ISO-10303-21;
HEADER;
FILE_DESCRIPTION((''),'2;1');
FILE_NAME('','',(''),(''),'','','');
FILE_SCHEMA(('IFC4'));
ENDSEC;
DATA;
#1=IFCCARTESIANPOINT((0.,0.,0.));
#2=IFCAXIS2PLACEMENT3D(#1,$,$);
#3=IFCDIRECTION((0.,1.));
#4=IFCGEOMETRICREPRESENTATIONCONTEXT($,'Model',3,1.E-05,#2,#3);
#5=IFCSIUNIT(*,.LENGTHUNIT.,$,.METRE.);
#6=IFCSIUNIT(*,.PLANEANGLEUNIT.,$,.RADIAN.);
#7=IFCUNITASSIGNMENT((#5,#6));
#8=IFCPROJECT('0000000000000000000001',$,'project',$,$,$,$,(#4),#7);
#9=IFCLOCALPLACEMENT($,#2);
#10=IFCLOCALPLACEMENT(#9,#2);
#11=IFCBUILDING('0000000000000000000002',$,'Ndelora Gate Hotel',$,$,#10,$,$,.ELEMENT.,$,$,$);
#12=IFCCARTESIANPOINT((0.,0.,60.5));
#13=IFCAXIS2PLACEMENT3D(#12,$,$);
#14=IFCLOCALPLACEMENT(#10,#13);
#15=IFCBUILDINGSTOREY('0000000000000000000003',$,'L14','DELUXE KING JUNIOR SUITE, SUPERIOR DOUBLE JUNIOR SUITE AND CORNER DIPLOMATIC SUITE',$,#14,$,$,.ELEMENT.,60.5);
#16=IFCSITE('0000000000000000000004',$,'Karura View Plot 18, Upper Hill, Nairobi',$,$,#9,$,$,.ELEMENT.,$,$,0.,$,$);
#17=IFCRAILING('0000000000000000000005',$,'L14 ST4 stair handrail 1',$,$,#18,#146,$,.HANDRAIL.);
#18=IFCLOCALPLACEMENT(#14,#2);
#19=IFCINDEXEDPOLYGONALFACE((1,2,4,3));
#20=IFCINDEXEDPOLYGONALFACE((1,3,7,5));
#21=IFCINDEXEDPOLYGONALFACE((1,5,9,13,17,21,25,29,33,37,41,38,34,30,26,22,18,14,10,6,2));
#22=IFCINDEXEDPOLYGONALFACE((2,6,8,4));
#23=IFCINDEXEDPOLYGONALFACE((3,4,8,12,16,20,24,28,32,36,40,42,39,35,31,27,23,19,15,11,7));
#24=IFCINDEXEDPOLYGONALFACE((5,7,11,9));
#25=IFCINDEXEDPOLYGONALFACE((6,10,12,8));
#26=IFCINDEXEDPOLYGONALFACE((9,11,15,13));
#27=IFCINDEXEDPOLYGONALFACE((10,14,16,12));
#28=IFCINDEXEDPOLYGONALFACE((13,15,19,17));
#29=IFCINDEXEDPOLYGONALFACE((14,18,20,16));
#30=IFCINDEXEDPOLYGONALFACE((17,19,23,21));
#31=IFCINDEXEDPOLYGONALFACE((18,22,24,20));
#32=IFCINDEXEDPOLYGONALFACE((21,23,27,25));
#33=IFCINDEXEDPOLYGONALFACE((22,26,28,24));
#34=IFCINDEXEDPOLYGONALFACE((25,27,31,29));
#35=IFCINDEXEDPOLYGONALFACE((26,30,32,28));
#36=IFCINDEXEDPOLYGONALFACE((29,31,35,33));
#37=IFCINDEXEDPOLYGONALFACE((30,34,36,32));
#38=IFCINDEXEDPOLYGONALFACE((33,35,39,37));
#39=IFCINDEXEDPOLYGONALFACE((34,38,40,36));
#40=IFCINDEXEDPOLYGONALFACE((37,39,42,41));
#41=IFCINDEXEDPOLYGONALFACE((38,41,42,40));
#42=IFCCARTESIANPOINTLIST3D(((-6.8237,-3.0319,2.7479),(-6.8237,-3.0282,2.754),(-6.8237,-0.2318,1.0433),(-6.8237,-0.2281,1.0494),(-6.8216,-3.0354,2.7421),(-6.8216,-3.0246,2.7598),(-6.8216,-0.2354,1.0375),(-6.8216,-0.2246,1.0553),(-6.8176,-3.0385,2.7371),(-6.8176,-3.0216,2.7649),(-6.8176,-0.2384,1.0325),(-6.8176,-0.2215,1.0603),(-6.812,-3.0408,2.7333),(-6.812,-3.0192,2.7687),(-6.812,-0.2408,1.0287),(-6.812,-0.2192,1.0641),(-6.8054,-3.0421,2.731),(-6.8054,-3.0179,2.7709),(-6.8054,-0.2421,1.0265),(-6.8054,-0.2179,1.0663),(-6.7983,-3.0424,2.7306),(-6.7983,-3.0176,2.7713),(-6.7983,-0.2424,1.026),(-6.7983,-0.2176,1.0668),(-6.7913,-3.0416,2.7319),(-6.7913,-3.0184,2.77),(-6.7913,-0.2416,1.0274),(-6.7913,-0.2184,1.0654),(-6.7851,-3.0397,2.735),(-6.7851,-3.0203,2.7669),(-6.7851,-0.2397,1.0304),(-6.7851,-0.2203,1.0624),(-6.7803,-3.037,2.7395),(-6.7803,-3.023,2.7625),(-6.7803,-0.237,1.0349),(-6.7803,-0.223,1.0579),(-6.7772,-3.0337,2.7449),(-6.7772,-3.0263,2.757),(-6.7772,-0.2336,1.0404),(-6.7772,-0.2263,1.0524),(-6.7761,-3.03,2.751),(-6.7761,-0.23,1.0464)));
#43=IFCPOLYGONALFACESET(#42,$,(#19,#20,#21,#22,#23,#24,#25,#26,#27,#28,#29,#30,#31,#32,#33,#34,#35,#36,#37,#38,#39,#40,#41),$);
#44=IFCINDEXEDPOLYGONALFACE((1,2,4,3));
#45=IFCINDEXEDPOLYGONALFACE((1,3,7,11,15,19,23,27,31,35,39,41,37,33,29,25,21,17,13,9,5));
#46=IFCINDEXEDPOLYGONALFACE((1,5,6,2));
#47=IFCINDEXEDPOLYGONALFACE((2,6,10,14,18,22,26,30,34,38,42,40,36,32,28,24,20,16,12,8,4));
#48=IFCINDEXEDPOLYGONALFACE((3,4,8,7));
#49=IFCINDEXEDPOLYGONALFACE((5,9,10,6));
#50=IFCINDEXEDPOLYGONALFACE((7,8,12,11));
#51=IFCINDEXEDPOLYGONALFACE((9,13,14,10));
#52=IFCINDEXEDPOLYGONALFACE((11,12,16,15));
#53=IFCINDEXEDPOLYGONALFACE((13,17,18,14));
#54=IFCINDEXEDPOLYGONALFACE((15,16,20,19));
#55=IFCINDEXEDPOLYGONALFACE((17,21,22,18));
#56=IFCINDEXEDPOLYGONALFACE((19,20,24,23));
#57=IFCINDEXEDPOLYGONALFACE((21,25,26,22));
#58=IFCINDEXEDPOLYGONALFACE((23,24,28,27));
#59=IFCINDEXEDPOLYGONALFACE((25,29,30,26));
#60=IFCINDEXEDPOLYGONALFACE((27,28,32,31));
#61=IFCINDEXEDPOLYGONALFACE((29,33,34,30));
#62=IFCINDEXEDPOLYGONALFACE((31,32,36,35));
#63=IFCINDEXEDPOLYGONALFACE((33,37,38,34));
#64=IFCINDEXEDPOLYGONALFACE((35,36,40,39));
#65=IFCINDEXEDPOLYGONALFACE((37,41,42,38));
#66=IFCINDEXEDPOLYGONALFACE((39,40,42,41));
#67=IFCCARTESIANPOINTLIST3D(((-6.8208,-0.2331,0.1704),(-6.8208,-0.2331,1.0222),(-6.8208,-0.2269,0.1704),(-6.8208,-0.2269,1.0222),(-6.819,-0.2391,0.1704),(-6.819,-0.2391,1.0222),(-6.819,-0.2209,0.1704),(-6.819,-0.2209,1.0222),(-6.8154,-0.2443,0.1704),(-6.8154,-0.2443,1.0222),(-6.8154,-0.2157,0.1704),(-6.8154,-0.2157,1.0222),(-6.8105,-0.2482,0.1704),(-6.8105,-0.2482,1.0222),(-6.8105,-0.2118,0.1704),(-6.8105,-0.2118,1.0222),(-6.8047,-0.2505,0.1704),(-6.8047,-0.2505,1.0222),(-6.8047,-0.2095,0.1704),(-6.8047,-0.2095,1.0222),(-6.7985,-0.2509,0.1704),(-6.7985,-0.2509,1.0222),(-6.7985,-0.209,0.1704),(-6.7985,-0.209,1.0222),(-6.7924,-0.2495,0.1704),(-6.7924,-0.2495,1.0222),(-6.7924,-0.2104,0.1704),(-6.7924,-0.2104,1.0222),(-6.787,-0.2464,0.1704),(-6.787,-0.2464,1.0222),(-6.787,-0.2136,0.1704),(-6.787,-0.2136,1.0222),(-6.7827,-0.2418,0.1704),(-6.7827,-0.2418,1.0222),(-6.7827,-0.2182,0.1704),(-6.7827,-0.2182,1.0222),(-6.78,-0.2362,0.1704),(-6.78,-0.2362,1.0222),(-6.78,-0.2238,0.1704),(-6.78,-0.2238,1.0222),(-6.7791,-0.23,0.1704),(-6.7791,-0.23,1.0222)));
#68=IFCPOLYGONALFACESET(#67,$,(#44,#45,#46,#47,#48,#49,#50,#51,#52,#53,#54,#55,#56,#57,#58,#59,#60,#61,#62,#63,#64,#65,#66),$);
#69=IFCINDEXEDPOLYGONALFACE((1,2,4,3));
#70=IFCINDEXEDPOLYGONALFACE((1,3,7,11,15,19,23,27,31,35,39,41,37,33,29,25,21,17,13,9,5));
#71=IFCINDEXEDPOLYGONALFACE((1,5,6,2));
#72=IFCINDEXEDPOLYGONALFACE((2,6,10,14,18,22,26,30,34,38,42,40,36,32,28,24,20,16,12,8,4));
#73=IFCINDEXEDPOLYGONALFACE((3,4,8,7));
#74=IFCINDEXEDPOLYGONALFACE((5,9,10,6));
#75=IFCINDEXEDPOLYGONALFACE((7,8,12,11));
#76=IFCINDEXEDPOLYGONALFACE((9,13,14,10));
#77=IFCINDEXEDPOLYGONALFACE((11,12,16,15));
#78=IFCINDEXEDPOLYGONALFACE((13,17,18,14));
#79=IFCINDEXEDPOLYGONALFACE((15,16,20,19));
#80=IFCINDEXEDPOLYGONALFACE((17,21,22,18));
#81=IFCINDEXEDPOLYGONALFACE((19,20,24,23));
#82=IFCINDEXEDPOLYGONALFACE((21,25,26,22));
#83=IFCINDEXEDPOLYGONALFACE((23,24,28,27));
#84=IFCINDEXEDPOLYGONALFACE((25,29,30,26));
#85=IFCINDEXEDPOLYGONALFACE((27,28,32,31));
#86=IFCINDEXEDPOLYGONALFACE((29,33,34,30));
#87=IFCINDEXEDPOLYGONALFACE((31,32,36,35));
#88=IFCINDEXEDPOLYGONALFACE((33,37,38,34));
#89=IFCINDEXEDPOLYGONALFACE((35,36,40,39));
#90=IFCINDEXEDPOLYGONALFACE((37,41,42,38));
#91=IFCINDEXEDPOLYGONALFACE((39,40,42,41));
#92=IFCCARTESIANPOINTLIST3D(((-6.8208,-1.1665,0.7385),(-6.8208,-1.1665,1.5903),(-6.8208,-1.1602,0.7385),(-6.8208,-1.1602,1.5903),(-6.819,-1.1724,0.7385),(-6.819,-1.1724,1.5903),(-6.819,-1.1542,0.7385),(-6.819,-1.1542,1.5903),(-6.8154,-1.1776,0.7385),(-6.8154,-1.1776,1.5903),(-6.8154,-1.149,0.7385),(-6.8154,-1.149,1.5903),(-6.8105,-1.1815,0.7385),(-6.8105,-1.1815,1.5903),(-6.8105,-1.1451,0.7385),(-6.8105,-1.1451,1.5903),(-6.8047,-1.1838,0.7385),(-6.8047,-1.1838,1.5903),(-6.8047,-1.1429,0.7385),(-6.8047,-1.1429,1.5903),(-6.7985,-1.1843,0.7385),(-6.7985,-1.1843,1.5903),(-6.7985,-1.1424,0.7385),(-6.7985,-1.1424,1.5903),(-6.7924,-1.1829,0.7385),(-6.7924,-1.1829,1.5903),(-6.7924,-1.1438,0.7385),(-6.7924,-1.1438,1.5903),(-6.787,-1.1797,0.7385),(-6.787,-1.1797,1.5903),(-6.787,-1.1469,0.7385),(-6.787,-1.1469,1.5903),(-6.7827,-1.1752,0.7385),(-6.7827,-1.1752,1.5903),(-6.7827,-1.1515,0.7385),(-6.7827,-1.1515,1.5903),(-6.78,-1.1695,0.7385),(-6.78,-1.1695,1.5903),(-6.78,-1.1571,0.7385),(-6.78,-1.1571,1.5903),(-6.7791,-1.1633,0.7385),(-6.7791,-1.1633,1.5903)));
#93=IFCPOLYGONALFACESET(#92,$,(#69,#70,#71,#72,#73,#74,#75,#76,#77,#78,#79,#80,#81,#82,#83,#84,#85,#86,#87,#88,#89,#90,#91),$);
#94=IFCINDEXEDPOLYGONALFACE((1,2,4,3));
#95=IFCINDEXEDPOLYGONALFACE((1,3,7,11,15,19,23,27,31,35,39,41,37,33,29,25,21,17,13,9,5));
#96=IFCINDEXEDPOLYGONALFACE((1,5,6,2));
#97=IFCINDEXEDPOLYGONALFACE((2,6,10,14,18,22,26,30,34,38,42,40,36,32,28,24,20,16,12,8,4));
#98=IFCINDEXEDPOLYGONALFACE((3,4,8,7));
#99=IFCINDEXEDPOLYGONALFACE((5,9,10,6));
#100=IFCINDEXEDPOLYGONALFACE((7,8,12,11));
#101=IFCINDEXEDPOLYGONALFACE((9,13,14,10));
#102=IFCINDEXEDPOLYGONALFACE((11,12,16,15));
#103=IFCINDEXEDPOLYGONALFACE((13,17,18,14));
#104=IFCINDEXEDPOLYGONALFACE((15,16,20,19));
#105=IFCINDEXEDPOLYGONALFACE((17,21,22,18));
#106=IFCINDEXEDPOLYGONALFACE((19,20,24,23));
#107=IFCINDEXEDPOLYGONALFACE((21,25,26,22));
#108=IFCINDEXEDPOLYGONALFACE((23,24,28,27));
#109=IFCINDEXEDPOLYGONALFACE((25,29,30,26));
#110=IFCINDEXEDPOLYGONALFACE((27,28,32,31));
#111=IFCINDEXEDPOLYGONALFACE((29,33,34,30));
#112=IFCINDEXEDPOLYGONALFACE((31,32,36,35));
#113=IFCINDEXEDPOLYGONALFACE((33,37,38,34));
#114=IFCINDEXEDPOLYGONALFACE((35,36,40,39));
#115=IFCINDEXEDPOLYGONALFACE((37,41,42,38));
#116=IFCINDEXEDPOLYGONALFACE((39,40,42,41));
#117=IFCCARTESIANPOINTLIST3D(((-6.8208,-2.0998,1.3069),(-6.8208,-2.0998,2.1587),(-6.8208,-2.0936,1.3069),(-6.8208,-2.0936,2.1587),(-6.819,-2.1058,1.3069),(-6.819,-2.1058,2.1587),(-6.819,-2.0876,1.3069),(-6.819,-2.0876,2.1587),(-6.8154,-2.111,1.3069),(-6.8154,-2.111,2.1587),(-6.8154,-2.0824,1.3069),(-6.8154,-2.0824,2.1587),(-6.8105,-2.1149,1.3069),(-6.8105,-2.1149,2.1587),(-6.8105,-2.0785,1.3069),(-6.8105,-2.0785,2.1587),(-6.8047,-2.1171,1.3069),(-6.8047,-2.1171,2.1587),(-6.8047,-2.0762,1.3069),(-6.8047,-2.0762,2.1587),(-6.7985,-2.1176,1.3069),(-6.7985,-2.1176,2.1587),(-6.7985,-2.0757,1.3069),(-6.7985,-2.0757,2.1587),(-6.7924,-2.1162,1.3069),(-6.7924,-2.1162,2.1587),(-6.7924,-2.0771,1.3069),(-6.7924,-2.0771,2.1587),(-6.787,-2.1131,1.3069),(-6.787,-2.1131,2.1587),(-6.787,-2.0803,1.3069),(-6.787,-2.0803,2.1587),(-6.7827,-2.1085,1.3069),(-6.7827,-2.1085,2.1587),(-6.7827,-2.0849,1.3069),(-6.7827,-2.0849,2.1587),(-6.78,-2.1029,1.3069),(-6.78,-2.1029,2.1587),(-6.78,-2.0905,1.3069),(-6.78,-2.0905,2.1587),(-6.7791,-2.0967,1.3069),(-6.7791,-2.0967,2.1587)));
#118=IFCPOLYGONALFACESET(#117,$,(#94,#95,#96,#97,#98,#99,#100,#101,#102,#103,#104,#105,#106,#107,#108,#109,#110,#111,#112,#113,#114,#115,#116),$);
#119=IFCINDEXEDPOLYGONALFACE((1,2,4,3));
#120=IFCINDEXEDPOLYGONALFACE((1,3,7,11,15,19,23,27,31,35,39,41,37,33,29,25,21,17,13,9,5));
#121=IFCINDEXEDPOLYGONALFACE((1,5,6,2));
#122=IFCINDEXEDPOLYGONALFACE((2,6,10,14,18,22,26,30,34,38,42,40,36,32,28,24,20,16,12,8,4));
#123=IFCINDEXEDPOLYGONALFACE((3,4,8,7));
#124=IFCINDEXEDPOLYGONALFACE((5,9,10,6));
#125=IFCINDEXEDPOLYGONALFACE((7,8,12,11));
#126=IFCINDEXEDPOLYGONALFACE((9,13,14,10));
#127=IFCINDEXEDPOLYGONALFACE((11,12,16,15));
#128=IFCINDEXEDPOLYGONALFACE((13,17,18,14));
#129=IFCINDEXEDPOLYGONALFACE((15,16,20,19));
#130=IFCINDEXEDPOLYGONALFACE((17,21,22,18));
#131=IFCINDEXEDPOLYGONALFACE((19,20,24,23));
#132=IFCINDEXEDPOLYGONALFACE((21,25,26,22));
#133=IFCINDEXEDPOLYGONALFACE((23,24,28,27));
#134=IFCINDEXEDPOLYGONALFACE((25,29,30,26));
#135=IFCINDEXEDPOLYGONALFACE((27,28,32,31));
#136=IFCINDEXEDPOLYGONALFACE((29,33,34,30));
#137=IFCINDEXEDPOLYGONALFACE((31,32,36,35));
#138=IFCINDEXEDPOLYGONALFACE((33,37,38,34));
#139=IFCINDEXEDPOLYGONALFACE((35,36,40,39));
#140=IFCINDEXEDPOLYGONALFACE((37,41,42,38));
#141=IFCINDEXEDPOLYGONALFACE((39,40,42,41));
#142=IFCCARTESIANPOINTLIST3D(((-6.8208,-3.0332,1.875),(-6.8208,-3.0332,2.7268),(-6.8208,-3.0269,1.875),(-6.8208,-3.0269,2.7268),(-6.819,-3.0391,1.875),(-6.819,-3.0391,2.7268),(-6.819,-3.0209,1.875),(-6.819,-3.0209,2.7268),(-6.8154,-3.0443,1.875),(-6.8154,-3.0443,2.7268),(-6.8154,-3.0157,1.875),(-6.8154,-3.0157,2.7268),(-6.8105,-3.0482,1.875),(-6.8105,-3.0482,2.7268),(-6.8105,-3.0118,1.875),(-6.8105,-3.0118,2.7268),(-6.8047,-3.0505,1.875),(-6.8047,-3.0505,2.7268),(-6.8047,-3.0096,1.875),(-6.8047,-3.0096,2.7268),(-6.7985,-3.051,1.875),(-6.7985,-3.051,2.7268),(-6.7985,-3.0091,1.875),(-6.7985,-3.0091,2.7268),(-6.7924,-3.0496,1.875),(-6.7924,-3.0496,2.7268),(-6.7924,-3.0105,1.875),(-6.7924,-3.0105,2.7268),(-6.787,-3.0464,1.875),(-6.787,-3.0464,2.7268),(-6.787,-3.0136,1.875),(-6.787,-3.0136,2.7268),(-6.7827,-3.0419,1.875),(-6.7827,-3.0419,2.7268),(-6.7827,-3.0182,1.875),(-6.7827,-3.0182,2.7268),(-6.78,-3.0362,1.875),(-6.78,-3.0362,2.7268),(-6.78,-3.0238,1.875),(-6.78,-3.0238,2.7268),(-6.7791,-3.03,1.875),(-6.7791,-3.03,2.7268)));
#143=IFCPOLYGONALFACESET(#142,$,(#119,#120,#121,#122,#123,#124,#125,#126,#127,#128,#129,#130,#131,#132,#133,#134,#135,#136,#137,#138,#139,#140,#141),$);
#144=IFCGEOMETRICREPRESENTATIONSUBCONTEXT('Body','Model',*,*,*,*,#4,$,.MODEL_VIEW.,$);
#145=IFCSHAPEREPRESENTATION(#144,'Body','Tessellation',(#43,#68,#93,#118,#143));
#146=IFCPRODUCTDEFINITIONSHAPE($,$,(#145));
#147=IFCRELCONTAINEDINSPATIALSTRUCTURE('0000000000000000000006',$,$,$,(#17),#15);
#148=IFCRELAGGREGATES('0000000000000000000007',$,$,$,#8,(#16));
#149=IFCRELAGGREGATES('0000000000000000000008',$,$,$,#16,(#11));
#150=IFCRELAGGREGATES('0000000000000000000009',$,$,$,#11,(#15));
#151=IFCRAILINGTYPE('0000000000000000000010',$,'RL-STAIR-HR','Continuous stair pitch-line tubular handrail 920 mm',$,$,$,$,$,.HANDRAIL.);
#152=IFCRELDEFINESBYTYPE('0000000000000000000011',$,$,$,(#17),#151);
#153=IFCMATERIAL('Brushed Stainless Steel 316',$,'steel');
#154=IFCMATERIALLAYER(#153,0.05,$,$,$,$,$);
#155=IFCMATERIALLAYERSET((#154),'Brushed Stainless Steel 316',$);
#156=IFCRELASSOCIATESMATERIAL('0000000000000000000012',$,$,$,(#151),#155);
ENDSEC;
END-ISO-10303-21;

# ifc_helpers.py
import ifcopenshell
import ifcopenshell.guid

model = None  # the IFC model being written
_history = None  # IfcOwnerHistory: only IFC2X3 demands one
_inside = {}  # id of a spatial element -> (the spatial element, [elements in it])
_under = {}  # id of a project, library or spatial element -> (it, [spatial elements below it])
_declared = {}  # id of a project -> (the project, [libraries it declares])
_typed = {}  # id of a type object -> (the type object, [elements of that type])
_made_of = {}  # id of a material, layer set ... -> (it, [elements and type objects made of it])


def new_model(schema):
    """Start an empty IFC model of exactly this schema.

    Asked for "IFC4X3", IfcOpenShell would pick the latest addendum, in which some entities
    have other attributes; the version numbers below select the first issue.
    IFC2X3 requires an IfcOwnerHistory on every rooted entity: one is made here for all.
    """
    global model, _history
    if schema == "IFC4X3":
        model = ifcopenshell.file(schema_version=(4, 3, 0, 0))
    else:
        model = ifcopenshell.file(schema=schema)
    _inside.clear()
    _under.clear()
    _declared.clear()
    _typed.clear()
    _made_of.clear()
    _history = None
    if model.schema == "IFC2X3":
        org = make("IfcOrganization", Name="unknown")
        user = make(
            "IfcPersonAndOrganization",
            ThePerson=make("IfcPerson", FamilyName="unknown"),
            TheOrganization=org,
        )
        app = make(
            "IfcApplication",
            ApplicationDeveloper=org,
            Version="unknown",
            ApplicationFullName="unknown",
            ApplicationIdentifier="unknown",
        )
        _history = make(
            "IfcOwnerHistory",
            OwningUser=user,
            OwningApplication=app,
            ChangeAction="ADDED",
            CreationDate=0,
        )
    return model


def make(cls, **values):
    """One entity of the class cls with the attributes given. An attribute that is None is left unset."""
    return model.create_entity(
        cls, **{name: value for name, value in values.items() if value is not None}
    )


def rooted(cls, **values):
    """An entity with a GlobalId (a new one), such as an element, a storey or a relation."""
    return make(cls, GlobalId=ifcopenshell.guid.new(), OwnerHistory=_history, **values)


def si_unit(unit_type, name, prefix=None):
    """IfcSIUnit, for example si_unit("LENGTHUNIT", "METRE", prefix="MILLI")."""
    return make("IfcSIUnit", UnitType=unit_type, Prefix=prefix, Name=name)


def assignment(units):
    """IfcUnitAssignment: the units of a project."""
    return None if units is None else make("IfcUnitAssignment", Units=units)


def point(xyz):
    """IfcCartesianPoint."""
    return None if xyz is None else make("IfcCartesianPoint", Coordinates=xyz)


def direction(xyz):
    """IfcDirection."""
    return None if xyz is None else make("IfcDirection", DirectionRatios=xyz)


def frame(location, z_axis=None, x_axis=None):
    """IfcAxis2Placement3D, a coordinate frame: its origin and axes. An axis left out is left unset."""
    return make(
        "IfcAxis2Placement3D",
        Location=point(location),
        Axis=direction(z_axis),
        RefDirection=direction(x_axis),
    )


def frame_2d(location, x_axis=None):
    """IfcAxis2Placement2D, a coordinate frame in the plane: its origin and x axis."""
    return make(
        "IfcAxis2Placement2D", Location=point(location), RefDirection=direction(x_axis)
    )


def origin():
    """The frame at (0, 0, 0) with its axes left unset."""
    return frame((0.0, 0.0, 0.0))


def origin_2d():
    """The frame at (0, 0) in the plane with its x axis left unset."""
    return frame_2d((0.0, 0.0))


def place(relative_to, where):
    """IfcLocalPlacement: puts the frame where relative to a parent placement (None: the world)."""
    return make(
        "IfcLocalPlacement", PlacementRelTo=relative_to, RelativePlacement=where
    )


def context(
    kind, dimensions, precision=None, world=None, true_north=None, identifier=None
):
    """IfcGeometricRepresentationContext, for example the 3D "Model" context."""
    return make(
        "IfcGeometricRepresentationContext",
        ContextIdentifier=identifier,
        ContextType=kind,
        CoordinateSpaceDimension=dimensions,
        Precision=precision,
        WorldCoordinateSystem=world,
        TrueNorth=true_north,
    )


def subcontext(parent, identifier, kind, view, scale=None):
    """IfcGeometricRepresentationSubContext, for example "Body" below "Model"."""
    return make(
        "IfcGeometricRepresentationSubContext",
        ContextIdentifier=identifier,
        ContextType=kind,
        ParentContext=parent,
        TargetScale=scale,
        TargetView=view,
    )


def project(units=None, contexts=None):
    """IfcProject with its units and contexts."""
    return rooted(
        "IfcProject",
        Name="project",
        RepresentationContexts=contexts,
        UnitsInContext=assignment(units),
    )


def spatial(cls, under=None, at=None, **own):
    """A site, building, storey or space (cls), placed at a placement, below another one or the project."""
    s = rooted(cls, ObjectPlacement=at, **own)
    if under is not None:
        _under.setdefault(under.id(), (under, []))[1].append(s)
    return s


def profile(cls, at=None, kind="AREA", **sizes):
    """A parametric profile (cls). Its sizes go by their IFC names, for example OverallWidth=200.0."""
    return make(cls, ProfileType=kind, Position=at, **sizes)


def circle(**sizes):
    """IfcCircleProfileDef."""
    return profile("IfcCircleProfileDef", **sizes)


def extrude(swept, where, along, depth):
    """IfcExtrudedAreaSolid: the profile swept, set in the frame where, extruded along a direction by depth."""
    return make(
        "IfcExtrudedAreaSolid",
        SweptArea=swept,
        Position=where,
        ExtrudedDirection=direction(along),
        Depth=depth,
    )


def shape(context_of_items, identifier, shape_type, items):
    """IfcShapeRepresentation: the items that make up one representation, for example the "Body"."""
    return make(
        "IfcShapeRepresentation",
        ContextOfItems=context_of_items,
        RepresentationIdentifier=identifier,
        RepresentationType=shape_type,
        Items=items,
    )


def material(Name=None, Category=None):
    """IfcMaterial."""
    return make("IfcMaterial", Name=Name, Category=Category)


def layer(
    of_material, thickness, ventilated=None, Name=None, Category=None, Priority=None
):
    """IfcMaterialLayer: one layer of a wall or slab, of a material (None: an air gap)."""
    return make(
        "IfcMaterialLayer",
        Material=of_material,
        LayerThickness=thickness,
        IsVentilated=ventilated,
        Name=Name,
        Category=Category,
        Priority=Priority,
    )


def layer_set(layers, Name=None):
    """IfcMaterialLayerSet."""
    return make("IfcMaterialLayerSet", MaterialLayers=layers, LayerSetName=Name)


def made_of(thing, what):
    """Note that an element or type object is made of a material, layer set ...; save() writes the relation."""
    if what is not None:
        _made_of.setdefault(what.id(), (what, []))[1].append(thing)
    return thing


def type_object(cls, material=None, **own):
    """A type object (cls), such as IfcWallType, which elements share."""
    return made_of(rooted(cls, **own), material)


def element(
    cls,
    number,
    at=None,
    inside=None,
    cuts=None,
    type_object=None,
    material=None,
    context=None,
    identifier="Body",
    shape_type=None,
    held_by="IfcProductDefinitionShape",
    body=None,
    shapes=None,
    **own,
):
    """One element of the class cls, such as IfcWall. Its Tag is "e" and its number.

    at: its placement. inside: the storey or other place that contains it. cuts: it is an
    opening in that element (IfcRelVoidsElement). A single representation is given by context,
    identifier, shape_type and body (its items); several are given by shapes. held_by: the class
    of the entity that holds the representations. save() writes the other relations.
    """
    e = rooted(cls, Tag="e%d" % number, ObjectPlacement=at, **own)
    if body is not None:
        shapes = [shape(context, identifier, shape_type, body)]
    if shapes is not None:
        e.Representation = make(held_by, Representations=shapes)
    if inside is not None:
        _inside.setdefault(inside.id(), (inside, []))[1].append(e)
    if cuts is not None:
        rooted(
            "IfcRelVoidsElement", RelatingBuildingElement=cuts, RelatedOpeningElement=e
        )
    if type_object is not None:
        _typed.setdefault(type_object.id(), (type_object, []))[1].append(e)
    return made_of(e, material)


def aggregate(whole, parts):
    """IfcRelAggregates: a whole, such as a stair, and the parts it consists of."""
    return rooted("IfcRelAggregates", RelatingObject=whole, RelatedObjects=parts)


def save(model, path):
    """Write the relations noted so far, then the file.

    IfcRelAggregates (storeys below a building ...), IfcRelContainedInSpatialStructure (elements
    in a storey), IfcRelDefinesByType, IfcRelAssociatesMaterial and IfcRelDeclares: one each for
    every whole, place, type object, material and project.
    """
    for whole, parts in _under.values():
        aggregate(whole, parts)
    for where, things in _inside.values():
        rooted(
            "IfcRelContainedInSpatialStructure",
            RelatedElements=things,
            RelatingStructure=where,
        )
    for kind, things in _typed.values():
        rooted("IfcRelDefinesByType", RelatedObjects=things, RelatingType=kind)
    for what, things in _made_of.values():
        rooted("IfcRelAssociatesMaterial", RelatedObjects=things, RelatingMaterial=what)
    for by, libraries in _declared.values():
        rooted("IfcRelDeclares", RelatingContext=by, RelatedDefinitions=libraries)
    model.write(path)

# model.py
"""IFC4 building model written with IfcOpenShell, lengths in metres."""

from ifc_helpers import new_model, si_unit, direction, frame, origin, origin_2d, place, context, subcontext, project, spatial, circle, extrude, material, layer, layer_set, type_object, element, save


model = new_model("IFC4")

# Units and contexts
model_context = context("Model", 3, precision=1e-05, world=origin(), true_north=direction((0.0, 1.0)))
body_context = subcontext(model_context, "Body", "Model", "MODEL_VIEW")
ifc_project = project(units=[si_unit("LENGTHUNIT", "METRE"), si_unit("PLANEANGLEUNIT", "RADIAN")], contexts=[model_context])

# Site, building, storey
site_placement = place(None, origin())
site = spatial("IfcSite", under=ifc_project, at=site_placement, Name="Karura View Plot 18, Upper Hill, Nairobi", CompositionType="ELEMENT", RefElevation=0.0)
building_placement = place(site_placement, origin())
building = spatial("IfcBuilding", under=site, at=building_placement, Name="Ndelora Gate Hotel", CompositionType="ELEMENT")
storey_placement = place(building_placement, frame((0.0, 0.0, 60.5)))
storey = spatial("IfcBuildingStorey", under=building, at=storey_placement, Name="L14", Description="DELUXE KING JUNIOR SUITE, SUPERIOR DOUBLE JUNIOR SUITE AND CORNER DIPLOMATIC SUITE", CompositionType="ELEMENT", Elevation=60.5)

# Railing
ifc_material_1 = material(Name="Brushed Stainless Steel 316", Category="steel")
ifc_layer_1 = layer(ifc_material_1, 0.05)
ifc_layer_set_1 = layer_set([ifc_layer_1], Name="Brushed Stainless Steel 316")
railing_type_1 = type_object("IfcRailingType", Name="RL-STAIR-HR", Description="Continuous stair pitch-line tubular handrail 920 mm", PredefinedType="HANDRAIL", material=ifc_layer_set_1)
railing_1_placement = place(storey_placement, frame((-6.8, -0.23, 0.1704)))
element("IfcRailing", 1, at=railing_1_placement, inside=storey, type_object=railing_type_1, Name="L14 ST4 stair handrail 1", PredefinedType="HANDRAIL", context=body_context, shape_type="SweptSolid", body=[
    extrude(circle(Radius=0.0239, at=origin_2d()), frame((0.0, 0.0, 0.876), z_axis=(0.0, -0.85417, 0.519994), x_axis=(1.0, 0.0, 0.0)), (0.0, 0.0, 1.0), 3.2781),
    extrude(circle(Radius=0.021, at=origin_2d()), origin(), (0.0, 0.0, 1.0), 0.8518),
    extrude(circle(Radius=0.021, at=origin_2d()), frame((0.0, -0.9333, 0.5681)), (0.0, 0.0, 1.0), 0.8518),
    extrude(circle(Radius=0.021, at=origin_2d()), frame((0.0, -1.8667, 1.1365)), (0.0, 0.0, 1.0), 0.8518),
    extrude(circle(Radius=0.021, at=origin_2d()), frame((0.0, -2.8, 1.7046)), (0.0, 0.0, 1.0), 0.8518),
])

save(model, "model.ifc")
